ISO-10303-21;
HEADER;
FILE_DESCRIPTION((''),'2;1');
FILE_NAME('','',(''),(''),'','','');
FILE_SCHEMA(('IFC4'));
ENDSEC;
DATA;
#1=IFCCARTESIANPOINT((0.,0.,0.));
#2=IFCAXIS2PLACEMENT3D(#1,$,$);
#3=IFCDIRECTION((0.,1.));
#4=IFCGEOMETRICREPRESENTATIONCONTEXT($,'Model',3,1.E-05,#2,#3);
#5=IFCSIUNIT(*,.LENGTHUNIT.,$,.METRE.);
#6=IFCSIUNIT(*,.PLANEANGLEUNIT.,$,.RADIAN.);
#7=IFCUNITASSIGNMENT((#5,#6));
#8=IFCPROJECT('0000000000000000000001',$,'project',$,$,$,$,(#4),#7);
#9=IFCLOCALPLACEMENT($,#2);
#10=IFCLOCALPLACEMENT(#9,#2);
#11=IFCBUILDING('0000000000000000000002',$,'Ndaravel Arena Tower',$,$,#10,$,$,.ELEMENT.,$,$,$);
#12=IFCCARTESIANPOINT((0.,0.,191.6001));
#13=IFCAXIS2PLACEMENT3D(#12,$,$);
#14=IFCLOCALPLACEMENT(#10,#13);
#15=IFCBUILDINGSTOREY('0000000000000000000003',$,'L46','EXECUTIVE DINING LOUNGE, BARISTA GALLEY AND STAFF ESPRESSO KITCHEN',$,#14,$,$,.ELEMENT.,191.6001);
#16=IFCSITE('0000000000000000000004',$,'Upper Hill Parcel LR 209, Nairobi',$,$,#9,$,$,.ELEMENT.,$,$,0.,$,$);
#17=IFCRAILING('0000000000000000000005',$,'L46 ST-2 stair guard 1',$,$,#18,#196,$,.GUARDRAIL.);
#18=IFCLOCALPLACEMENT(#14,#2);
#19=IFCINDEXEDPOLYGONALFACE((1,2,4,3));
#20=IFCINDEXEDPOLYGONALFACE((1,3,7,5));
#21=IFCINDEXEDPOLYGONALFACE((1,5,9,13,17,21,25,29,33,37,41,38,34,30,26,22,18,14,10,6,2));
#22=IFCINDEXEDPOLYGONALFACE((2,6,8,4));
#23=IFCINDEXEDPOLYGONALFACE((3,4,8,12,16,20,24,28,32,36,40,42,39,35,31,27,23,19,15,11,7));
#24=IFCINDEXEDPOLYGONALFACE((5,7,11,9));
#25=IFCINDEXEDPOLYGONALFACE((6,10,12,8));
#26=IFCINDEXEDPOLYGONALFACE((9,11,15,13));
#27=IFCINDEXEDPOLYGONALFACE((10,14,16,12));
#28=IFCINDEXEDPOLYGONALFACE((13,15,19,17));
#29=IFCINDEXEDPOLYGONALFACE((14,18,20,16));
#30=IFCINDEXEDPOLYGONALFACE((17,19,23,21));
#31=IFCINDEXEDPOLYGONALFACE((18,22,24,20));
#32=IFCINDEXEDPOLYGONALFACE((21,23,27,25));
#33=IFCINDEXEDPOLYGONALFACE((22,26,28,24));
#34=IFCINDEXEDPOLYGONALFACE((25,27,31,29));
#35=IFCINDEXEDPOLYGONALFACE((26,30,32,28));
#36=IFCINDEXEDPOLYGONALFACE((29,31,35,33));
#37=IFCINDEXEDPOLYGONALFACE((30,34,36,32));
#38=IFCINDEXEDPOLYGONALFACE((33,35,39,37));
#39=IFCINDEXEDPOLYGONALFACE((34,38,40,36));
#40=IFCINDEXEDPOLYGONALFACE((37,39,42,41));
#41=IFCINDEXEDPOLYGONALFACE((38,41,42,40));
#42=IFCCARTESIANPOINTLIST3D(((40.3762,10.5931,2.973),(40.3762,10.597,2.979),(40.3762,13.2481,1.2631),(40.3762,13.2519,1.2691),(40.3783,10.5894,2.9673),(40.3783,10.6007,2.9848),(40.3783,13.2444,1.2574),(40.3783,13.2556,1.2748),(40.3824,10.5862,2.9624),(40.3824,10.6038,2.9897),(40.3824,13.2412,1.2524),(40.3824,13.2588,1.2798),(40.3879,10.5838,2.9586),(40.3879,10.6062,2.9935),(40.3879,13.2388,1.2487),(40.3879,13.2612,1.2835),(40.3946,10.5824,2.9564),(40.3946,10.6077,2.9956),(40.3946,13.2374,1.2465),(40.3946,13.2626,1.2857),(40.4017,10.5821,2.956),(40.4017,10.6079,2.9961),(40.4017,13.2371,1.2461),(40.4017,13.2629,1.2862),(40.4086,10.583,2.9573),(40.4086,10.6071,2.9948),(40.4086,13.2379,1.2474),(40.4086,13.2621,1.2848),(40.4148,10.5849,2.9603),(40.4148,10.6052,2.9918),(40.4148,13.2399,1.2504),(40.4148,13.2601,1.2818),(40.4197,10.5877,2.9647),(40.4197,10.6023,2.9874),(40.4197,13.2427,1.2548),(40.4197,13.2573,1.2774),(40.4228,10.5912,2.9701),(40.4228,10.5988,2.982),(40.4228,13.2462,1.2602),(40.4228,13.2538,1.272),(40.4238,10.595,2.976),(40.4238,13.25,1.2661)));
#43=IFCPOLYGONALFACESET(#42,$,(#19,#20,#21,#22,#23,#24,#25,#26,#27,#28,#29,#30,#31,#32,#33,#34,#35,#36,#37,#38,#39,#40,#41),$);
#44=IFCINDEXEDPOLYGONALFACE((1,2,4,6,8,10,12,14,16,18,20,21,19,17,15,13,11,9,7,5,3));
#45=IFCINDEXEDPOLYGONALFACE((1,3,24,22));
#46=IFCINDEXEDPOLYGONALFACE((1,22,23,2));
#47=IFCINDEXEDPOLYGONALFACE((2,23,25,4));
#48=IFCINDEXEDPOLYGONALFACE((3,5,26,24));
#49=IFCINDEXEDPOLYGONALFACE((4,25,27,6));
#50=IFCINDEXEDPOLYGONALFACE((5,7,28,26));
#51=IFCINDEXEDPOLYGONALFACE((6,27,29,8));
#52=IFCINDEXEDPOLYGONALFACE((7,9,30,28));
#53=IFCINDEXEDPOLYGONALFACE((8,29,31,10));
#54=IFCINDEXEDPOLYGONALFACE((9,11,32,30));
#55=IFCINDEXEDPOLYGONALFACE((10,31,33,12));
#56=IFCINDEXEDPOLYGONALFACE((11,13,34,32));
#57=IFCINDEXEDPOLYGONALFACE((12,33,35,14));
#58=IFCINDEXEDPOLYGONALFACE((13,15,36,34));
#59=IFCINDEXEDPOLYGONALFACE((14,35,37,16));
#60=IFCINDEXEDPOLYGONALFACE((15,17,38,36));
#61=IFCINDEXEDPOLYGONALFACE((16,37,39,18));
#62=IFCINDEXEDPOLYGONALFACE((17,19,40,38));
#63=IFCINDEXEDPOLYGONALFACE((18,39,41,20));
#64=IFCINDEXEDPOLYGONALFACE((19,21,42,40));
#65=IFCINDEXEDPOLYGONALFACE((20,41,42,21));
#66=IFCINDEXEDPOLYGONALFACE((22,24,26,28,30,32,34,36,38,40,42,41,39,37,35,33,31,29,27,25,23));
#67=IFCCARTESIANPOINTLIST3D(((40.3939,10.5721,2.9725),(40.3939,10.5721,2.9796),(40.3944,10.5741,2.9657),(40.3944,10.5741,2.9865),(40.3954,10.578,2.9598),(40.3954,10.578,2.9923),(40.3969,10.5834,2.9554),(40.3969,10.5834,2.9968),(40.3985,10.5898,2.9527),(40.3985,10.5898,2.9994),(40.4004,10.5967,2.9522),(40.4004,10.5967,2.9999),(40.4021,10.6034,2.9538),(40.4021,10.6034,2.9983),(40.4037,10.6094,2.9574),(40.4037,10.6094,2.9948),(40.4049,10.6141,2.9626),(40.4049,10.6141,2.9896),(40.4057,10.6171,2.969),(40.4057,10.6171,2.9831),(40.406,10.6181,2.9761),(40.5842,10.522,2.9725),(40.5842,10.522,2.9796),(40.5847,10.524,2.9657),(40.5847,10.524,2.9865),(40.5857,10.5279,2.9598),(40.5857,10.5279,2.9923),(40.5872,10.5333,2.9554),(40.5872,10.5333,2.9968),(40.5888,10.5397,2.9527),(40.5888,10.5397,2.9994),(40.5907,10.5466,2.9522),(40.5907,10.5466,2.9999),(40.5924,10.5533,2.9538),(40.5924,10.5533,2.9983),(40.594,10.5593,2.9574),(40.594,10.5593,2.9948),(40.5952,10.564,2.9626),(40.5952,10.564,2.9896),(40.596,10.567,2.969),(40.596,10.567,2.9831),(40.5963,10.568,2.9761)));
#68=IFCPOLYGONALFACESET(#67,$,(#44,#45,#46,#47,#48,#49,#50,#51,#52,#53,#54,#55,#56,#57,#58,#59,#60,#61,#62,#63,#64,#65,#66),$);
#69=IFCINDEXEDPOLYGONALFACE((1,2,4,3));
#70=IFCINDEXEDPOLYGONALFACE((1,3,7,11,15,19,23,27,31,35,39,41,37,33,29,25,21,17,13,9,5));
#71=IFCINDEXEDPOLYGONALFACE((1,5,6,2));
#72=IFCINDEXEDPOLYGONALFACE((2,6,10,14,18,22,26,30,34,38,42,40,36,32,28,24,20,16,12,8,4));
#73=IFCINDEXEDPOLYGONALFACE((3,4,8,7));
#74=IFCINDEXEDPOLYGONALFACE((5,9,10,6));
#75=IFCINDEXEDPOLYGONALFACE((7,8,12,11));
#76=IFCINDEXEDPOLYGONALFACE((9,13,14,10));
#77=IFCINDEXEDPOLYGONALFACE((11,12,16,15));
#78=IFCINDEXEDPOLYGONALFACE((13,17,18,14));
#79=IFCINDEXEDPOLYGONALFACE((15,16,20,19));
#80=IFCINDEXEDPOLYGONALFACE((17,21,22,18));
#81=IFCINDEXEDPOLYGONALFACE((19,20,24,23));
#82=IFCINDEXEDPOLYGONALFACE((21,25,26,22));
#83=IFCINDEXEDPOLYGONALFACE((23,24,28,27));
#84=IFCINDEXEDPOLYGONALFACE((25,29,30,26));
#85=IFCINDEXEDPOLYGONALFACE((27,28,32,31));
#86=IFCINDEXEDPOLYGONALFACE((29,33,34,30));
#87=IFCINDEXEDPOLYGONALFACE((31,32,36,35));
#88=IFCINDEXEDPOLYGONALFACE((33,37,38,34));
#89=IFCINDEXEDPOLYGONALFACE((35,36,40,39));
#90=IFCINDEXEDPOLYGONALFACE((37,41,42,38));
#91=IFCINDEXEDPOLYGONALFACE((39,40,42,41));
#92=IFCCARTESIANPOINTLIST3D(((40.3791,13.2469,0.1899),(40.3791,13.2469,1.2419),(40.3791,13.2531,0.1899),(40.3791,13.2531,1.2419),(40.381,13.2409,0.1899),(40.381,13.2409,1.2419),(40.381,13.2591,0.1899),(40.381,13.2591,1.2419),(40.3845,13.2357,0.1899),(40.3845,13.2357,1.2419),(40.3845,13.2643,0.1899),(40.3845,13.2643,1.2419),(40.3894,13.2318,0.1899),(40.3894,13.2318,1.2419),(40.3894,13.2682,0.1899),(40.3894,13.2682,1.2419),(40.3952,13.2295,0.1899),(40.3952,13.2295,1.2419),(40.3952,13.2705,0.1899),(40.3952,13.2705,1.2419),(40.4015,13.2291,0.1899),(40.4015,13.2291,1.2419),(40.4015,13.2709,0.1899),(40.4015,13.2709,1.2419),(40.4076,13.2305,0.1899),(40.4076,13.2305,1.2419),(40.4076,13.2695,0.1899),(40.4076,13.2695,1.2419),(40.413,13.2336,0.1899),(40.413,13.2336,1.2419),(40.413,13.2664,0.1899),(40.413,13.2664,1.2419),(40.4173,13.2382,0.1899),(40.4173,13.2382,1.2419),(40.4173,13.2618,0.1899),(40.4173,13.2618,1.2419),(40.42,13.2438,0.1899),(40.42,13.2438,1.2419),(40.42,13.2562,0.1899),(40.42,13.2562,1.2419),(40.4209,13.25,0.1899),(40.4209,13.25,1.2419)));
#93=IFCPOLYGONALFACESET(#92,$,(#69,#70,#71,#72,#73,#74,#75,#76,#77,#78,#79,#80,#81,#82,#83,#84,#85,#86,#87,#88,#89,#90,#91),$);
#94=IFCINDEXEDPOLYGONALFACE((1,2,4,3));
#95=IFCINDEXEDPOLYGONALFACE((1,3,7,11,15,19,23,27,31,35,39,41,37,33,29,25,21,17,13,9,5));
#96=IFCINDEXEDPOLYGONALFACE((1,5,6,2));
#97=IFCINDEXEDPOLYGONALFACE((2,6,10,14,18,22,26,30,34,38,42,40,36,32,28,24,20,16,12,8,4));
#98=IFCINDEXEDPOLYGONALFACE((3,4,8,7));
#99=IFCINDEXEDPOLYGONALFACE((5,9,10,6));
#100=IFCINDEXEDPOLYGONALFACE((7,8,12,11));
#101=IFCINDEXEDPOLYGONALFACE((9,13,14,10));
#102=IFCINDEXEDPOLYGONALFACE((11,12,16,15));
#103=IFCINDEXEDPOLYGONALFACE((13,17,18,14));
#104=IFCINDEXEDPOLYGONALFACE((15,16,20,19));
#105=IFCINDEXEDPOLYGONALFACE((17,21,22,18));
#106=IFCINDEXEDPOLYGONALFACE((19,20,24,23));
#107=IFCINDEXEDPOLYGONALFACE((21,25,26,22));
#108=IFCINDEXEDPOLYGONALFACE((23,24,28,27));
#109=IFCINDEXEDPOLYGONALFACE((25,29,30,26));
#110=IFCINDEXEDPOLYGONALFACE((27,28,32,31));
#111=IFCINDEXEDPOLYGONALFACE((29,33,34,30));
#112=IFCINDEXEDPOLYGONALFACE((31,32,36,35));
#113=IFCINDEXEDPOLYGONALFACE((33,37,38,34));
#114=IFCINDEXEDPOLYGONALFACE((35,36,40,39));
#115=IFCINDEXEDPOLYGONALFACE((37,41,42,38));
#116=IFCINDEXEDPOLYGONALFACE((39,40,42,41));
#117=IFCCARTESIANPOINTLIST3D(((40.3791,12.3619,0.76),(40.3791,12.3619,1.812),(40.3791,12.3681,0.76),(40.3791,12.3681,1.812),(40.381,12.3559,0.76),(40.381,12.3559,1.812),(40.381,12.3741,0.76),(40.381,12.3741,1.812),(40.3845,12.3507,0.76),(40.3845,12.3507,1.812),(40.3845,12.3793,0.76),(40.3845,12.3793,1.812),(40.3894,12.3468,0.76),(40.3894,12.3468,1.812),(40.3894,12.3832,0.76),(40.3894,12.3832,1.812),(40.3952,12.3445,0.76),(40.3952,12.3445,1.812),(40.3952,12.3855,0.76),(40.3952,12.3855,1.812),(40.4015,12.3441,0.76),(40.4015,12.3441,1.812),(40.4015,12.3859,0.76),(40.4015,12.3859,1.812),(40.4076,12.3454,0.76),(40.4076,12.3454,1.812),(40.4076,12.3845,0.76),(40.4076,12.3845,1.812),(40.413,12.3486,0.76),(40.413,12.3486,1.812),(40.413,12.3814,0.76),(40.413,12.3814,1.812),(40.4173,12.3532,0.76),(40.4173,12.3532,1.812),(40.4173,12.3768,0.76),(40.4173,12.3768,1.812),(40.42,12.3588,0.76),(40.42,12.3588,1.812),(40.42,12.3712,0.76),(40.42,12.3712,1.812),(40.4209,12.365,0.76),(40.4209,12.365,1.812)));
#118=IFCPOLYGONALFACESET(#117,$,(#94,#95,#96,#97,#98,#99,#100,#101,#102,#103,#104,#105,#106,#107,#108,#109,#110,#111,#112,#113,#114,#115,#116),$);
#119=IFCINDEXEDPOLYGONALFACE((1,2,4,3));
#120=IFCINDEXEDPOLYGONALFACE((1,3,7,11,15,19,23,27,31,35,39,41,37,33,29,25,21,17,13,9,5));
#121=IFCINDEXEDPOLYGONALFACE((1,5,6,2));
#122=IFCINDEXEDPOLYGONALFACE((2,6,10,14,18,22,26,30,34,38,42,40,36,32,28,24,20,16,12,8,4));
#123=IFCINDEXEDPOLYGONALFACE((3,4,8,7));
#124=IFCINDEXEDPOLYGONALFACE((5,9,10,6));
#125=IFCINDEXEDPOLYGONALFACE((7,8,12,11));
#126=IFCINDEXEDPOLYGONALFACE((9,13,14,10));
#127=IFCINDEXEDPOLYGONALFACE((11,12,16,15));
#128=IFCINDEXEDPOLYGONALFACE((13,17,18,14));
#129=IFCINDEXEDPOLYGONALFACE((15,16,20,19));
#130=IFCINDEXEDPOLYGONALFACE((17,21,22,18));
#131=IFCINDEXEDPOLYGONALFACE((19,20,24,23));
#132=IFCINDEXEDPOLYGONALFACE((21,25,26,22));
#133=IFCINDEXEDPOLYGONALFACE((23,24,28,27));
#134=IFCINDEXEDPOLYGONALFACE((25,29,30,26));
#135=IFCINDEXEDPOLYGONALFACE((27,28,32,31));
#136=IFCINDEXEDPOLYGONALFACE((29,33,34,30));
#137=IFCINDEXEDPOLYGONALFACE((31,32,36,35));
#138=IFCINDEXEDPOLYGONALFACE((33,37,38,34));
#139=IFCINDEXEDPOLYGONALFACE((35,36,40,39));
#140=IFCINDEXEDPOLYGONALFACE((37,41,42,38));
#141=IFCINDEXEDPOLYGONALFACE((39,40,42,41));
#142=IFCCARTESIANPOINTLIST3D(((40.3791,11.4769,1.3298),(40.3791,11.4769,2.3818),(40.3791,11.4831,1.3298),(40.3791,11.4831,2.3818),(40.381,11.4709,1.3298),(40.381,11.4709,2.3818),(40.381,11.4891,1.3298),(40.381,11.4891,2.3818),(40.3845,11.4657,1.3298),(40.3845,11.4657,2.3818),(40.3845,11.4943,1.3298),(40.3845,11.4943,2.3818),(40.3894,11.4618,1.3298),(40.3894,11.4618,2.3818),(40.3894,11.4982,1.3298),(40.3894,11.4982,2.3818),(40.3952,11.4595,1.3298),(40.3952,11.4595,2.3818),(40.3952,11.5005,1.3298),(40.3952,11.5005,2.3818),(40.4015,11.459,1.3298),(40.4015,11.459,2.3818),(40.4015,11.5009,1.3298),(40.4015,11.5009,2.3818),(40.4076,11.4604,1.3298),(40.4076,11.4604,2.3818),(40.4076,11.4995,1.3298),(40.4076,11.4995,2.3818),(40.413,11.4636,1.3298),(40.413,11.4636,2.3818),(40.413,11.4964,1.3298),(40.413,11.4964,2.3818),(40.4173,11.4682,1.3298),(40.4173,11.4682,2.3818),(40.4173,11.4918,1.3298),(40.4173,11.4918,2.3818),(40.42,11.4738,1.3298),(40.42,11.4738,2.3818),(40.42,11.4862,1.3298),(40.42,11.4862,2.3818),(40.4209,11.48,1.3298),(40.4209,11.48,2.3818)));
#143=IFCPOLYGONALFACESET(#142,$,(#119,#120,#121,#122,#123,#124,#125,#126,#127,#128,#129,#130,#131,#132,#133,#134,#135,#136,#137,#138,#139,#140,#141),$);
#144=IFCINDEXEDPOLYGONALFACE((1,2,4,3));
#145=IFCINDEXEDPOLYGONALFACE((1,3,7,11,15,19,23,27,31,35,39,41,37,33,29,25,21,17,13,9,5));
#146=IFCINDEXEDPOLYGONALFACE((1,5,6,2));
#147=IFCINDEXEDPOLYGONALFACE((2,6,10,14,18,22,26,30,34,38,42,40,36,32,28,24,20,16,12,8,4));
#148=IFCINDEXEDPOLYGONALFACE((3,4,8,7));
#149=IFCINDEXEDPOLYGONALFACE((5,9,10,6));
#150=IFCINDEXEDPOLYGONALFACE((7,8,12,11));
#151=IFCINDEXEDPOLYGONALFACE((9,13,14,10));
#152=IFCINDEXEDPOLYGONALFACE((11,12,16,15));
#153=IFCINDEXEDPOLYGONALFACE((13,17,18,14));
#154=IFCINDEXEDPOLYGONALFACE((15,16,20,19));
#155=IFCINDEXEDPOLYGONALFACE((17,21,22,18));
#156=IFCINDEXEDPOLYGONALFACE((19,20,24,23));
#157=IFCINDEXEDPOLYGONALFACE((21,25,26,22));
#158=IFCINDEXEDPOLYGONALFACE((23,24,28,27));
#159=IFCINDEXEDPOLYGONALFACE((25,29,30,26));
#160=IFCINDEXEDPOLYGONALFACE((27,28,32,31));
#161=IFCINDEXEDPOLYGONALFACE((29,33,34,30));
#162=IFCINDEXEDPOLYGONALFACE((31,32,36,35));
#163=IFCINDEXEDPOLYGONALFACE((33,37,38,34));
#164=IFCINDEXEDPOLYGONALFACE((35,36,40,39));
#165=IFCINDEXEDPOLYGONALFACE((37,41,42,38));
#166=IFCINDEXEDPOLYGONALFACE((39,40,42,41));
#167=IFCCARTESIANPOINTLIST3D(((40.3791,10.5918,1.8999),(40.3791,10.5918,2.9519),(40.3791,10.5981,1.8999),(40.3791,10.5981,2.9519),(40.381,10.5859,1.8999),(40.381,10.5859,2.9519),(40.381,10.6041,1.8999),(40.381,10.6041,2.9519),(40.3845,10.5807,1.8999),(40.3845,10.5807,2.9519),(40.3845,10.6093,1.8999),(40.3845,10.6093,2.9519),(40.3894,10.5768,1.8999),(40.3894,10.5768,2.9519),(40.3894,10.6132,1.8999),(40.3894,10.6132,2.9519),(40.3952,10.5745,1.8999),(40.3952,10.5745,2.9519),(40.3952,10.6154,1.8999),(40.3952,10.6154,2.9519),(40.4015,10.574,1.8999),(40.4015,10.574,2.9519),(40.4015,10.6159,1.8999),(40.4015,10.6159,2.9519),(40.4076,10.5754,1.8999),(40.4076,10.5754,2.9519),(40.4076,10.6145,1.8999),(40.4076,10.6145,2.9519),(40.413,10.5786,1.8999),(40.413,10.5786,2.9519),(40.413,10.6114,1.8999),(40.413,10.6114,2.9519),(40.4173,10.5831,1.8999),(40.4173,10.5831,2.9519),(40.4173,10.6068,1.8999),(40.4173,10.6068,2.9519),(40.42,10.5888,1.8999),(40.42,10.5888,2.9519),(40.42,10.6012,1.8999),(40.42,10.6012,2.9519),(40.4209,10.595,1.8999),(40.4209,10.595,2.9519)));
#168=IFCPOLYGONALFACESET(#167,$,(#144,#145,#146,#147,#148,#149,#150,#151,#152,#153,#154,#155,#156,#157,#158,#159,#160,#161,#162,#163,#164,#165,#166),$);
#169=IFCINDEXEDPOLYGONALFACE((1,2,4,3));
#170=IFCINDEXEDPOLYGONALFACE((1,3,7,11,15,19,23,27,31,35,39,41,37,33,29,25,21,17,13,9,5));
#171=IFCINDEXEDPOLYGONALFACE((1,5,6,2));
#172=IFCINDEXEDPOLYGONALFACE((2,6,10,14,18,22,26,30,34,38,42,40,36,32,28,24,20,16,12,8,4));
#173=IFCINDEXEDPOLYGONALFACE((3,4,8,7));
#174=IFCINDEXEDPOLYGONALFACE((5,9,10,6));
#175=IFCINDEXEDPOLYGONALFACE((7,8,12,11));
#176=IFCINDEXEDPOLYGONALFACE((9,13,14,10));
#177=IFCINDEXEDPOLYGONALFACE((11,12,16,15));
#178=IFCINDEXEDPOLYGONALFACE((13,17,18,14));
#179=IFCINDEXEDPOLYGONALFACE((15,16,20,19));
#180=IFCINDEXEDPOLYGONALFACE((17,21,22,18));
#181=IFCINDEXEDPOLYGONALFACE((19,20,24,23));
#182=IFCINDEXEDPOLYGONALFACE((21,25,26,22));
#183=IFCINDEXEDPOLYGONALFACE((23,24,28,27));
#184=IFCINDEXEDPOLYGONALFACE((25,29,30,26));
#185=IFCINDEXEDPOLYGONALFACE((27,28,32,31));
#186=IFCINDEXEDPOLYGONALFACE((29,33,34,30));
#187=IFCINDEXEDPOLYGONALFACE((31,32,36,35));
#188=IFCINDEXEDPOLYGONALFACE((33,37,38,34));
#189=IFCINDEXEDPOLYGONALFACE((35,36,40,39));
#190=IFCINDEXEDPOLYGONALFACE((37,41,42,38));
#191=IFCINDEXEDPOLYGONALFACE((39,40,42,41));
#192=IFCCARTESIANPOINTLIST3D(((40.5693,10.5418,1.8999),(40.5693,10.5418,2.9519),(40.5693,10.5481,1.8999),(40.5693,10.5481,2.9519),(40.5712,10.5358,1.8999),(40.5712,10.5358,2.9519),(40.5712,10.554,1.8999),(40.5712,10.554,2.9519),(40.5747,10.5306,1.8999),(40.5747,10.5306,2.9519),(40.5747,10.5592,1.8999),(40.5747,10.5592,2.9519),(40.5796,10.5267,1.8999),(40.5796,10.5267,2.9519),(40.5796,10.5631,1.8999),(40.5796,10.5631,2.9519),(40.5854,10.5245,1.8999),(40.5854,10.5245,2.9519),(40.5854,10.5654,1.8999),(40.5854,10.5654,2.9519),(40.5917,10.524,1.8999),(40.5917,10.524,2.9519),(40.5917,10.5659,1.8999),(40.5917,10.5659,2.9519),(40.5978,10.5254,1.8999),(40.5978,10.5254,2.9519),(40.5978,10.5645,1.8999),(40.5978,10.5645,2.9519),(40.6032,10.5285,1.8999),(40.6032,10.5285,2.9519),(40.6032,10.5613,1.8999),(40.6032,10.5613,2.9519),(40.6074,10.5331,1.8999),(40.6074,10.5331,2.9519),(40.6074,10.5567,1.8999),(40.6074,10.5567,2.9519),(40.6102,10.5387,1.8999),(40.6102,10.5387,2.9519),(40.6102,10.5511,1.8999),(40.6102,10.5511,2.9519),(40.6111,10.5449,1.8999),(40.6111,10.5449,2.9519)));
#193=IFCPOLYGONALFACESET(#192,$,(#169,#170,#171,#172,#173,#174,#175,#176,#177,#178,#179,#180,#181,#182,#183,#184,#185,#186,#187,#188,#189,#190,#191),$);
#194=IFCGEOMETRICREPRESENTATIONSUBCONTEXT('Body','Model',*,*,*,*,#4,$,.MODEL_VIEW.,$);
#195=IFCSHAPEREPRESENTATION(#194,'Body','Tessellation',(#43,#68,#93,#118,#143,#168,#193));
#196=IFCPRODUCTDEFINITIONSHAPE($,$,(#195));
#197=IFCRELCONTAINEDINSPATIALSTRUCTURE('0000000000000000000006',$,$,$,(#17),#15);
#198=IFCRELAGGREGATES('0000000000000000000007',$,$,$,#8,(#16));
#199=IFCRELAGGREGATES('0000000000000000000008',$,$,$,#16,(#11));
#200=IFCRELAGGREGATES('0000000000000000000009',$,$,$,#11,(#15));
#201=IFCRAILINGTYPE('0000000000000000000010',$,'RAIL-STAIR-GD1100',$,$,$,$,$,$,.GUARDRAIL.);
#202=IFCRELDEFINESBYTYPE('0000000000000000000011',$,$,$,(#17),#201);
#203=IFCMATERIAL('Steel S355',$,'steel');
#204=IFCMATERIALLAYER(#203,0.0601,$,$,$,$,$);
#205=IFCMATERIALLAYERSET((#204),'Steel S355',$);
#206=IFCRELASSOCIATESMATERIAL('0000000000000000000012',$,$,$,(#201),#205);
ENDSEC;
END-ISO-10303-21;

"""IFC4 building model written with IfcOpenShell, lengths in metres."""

from ifc_helpers import new_model, si_unit, direction, frame, origin, origin_2d, place, context, subcontext, project, spatial, circle, extrude, material, layer, layer_set, type_object, element, save


model = new_model("IFC4")

# Units and contexts
model_context = context("Model", 3, precision=1e-05, world=origin(), true_north=direction((0.0, 1.0)))
body_context = subcontext(model_context, "Body", "Model", "MODEL_VIEW")
ifc_project = project(units=[si_unit("LENGTHUNIT", "METRE"), si_unit("PLANEANGLEUNIT", "RADIAN")], contexts=[model_context])

# Site, building, storey
site_placement = place(None, origin())
site = spatial("IfcSite", under=ifc_project, at=site_placement, Name="Upper Hill Parcel LR 209, Nairobi", CompositionType="ELEMENT", RefElevation=0.0)
building_placement = place(site_placement, origin())
building = spatial("IfcBuilding", under=site, at=building_placement, Name="Ndaravel Arena Tower", CompositionType="ELEMENT")
storey_placement = place(building_placement, frame((0.0, 0.0, 191.6001)))
storey = spatial("IfcBuildingStorey", under=building, at=storey_placement, Name="L46", Description="EXECUTIVE DINING LOUNGE, BARISTA GALLEY AND STAFF ESPRESSO KITCHEN", CompositionType="ELEMENT", Elevation=191.6001)

# Railing
ifc_material_1 = material(Name="Steel S355", Category="steel")
ifc_layer_1 = layer(ifc_material_1, 0.0601)
ifc_layer_set_1 = layer_set([ifc_layer_1], Name="Steel S355")
railing_type_1 = type_object("IfcRailingType", Name="RAIL-STAIR-GD1100", PredefinedType="GUARDRAIL", material=ifc_layer_set_1)
railing_1_placement = place(storey_placement, frame((40.3999, 13.25, 0.1899)))
element("IfcRailing", 1, at=railing_1_placement, inside=storey, type_object=railing_type_1, Name="L46 ST-2 stair guard 1", PredefinedType="GUARDRAIL", context=body_context, shape_type="SweptSolid", body=[
    extrude(circle(Radius=0.0239, at=origin_2d()), frame((0.0, 0.0, 1.0762), z_axis=(0.0, -0.840724, 0.541465), x_axis=(1.0, 0.0, 0.0)), (0.0, 0.0, 1.0), 3.158),
    extrude(circle(Radius=0.0239, at=origin_2d()), frame((0.0, -2.655, 2.7861), z_axis=(0.967075, -0.254493, 0.0), x_axis=(0.254493, 0.967075, 0.0)), (0.0, 0.0, 1.0), 0.1968),
    extrude(circle(Radius=0.021, at=origin_2d()), origin(), (0.0, 0.0, 1.0), 1.052),
    extrude(circle(Radius=0.021, at=origin_2d()), frame((0.0, -0.885, 0.5701)), (0.0, 0.0, 1.0), 1.052),
    extrude(circle(Radius=0.021, at=origin_2d()), frame((0.0, -1.77, 1.1399)), (0.0, 0.0, 1.0), 1.052),
    extrude(circle(Radius=0.021, at=origin_2d()), frame((0.0, -2.655, 1.71)), (0.0, 0.0, 1.0), 1.052),
    extrude(circle(Radius=0.021, at=origin_2d()), frame((0.1902, -2.7051, 1.71)), (0.0, 0.0, 1.0), 1.052),
])

save(model, "model.ifc")
